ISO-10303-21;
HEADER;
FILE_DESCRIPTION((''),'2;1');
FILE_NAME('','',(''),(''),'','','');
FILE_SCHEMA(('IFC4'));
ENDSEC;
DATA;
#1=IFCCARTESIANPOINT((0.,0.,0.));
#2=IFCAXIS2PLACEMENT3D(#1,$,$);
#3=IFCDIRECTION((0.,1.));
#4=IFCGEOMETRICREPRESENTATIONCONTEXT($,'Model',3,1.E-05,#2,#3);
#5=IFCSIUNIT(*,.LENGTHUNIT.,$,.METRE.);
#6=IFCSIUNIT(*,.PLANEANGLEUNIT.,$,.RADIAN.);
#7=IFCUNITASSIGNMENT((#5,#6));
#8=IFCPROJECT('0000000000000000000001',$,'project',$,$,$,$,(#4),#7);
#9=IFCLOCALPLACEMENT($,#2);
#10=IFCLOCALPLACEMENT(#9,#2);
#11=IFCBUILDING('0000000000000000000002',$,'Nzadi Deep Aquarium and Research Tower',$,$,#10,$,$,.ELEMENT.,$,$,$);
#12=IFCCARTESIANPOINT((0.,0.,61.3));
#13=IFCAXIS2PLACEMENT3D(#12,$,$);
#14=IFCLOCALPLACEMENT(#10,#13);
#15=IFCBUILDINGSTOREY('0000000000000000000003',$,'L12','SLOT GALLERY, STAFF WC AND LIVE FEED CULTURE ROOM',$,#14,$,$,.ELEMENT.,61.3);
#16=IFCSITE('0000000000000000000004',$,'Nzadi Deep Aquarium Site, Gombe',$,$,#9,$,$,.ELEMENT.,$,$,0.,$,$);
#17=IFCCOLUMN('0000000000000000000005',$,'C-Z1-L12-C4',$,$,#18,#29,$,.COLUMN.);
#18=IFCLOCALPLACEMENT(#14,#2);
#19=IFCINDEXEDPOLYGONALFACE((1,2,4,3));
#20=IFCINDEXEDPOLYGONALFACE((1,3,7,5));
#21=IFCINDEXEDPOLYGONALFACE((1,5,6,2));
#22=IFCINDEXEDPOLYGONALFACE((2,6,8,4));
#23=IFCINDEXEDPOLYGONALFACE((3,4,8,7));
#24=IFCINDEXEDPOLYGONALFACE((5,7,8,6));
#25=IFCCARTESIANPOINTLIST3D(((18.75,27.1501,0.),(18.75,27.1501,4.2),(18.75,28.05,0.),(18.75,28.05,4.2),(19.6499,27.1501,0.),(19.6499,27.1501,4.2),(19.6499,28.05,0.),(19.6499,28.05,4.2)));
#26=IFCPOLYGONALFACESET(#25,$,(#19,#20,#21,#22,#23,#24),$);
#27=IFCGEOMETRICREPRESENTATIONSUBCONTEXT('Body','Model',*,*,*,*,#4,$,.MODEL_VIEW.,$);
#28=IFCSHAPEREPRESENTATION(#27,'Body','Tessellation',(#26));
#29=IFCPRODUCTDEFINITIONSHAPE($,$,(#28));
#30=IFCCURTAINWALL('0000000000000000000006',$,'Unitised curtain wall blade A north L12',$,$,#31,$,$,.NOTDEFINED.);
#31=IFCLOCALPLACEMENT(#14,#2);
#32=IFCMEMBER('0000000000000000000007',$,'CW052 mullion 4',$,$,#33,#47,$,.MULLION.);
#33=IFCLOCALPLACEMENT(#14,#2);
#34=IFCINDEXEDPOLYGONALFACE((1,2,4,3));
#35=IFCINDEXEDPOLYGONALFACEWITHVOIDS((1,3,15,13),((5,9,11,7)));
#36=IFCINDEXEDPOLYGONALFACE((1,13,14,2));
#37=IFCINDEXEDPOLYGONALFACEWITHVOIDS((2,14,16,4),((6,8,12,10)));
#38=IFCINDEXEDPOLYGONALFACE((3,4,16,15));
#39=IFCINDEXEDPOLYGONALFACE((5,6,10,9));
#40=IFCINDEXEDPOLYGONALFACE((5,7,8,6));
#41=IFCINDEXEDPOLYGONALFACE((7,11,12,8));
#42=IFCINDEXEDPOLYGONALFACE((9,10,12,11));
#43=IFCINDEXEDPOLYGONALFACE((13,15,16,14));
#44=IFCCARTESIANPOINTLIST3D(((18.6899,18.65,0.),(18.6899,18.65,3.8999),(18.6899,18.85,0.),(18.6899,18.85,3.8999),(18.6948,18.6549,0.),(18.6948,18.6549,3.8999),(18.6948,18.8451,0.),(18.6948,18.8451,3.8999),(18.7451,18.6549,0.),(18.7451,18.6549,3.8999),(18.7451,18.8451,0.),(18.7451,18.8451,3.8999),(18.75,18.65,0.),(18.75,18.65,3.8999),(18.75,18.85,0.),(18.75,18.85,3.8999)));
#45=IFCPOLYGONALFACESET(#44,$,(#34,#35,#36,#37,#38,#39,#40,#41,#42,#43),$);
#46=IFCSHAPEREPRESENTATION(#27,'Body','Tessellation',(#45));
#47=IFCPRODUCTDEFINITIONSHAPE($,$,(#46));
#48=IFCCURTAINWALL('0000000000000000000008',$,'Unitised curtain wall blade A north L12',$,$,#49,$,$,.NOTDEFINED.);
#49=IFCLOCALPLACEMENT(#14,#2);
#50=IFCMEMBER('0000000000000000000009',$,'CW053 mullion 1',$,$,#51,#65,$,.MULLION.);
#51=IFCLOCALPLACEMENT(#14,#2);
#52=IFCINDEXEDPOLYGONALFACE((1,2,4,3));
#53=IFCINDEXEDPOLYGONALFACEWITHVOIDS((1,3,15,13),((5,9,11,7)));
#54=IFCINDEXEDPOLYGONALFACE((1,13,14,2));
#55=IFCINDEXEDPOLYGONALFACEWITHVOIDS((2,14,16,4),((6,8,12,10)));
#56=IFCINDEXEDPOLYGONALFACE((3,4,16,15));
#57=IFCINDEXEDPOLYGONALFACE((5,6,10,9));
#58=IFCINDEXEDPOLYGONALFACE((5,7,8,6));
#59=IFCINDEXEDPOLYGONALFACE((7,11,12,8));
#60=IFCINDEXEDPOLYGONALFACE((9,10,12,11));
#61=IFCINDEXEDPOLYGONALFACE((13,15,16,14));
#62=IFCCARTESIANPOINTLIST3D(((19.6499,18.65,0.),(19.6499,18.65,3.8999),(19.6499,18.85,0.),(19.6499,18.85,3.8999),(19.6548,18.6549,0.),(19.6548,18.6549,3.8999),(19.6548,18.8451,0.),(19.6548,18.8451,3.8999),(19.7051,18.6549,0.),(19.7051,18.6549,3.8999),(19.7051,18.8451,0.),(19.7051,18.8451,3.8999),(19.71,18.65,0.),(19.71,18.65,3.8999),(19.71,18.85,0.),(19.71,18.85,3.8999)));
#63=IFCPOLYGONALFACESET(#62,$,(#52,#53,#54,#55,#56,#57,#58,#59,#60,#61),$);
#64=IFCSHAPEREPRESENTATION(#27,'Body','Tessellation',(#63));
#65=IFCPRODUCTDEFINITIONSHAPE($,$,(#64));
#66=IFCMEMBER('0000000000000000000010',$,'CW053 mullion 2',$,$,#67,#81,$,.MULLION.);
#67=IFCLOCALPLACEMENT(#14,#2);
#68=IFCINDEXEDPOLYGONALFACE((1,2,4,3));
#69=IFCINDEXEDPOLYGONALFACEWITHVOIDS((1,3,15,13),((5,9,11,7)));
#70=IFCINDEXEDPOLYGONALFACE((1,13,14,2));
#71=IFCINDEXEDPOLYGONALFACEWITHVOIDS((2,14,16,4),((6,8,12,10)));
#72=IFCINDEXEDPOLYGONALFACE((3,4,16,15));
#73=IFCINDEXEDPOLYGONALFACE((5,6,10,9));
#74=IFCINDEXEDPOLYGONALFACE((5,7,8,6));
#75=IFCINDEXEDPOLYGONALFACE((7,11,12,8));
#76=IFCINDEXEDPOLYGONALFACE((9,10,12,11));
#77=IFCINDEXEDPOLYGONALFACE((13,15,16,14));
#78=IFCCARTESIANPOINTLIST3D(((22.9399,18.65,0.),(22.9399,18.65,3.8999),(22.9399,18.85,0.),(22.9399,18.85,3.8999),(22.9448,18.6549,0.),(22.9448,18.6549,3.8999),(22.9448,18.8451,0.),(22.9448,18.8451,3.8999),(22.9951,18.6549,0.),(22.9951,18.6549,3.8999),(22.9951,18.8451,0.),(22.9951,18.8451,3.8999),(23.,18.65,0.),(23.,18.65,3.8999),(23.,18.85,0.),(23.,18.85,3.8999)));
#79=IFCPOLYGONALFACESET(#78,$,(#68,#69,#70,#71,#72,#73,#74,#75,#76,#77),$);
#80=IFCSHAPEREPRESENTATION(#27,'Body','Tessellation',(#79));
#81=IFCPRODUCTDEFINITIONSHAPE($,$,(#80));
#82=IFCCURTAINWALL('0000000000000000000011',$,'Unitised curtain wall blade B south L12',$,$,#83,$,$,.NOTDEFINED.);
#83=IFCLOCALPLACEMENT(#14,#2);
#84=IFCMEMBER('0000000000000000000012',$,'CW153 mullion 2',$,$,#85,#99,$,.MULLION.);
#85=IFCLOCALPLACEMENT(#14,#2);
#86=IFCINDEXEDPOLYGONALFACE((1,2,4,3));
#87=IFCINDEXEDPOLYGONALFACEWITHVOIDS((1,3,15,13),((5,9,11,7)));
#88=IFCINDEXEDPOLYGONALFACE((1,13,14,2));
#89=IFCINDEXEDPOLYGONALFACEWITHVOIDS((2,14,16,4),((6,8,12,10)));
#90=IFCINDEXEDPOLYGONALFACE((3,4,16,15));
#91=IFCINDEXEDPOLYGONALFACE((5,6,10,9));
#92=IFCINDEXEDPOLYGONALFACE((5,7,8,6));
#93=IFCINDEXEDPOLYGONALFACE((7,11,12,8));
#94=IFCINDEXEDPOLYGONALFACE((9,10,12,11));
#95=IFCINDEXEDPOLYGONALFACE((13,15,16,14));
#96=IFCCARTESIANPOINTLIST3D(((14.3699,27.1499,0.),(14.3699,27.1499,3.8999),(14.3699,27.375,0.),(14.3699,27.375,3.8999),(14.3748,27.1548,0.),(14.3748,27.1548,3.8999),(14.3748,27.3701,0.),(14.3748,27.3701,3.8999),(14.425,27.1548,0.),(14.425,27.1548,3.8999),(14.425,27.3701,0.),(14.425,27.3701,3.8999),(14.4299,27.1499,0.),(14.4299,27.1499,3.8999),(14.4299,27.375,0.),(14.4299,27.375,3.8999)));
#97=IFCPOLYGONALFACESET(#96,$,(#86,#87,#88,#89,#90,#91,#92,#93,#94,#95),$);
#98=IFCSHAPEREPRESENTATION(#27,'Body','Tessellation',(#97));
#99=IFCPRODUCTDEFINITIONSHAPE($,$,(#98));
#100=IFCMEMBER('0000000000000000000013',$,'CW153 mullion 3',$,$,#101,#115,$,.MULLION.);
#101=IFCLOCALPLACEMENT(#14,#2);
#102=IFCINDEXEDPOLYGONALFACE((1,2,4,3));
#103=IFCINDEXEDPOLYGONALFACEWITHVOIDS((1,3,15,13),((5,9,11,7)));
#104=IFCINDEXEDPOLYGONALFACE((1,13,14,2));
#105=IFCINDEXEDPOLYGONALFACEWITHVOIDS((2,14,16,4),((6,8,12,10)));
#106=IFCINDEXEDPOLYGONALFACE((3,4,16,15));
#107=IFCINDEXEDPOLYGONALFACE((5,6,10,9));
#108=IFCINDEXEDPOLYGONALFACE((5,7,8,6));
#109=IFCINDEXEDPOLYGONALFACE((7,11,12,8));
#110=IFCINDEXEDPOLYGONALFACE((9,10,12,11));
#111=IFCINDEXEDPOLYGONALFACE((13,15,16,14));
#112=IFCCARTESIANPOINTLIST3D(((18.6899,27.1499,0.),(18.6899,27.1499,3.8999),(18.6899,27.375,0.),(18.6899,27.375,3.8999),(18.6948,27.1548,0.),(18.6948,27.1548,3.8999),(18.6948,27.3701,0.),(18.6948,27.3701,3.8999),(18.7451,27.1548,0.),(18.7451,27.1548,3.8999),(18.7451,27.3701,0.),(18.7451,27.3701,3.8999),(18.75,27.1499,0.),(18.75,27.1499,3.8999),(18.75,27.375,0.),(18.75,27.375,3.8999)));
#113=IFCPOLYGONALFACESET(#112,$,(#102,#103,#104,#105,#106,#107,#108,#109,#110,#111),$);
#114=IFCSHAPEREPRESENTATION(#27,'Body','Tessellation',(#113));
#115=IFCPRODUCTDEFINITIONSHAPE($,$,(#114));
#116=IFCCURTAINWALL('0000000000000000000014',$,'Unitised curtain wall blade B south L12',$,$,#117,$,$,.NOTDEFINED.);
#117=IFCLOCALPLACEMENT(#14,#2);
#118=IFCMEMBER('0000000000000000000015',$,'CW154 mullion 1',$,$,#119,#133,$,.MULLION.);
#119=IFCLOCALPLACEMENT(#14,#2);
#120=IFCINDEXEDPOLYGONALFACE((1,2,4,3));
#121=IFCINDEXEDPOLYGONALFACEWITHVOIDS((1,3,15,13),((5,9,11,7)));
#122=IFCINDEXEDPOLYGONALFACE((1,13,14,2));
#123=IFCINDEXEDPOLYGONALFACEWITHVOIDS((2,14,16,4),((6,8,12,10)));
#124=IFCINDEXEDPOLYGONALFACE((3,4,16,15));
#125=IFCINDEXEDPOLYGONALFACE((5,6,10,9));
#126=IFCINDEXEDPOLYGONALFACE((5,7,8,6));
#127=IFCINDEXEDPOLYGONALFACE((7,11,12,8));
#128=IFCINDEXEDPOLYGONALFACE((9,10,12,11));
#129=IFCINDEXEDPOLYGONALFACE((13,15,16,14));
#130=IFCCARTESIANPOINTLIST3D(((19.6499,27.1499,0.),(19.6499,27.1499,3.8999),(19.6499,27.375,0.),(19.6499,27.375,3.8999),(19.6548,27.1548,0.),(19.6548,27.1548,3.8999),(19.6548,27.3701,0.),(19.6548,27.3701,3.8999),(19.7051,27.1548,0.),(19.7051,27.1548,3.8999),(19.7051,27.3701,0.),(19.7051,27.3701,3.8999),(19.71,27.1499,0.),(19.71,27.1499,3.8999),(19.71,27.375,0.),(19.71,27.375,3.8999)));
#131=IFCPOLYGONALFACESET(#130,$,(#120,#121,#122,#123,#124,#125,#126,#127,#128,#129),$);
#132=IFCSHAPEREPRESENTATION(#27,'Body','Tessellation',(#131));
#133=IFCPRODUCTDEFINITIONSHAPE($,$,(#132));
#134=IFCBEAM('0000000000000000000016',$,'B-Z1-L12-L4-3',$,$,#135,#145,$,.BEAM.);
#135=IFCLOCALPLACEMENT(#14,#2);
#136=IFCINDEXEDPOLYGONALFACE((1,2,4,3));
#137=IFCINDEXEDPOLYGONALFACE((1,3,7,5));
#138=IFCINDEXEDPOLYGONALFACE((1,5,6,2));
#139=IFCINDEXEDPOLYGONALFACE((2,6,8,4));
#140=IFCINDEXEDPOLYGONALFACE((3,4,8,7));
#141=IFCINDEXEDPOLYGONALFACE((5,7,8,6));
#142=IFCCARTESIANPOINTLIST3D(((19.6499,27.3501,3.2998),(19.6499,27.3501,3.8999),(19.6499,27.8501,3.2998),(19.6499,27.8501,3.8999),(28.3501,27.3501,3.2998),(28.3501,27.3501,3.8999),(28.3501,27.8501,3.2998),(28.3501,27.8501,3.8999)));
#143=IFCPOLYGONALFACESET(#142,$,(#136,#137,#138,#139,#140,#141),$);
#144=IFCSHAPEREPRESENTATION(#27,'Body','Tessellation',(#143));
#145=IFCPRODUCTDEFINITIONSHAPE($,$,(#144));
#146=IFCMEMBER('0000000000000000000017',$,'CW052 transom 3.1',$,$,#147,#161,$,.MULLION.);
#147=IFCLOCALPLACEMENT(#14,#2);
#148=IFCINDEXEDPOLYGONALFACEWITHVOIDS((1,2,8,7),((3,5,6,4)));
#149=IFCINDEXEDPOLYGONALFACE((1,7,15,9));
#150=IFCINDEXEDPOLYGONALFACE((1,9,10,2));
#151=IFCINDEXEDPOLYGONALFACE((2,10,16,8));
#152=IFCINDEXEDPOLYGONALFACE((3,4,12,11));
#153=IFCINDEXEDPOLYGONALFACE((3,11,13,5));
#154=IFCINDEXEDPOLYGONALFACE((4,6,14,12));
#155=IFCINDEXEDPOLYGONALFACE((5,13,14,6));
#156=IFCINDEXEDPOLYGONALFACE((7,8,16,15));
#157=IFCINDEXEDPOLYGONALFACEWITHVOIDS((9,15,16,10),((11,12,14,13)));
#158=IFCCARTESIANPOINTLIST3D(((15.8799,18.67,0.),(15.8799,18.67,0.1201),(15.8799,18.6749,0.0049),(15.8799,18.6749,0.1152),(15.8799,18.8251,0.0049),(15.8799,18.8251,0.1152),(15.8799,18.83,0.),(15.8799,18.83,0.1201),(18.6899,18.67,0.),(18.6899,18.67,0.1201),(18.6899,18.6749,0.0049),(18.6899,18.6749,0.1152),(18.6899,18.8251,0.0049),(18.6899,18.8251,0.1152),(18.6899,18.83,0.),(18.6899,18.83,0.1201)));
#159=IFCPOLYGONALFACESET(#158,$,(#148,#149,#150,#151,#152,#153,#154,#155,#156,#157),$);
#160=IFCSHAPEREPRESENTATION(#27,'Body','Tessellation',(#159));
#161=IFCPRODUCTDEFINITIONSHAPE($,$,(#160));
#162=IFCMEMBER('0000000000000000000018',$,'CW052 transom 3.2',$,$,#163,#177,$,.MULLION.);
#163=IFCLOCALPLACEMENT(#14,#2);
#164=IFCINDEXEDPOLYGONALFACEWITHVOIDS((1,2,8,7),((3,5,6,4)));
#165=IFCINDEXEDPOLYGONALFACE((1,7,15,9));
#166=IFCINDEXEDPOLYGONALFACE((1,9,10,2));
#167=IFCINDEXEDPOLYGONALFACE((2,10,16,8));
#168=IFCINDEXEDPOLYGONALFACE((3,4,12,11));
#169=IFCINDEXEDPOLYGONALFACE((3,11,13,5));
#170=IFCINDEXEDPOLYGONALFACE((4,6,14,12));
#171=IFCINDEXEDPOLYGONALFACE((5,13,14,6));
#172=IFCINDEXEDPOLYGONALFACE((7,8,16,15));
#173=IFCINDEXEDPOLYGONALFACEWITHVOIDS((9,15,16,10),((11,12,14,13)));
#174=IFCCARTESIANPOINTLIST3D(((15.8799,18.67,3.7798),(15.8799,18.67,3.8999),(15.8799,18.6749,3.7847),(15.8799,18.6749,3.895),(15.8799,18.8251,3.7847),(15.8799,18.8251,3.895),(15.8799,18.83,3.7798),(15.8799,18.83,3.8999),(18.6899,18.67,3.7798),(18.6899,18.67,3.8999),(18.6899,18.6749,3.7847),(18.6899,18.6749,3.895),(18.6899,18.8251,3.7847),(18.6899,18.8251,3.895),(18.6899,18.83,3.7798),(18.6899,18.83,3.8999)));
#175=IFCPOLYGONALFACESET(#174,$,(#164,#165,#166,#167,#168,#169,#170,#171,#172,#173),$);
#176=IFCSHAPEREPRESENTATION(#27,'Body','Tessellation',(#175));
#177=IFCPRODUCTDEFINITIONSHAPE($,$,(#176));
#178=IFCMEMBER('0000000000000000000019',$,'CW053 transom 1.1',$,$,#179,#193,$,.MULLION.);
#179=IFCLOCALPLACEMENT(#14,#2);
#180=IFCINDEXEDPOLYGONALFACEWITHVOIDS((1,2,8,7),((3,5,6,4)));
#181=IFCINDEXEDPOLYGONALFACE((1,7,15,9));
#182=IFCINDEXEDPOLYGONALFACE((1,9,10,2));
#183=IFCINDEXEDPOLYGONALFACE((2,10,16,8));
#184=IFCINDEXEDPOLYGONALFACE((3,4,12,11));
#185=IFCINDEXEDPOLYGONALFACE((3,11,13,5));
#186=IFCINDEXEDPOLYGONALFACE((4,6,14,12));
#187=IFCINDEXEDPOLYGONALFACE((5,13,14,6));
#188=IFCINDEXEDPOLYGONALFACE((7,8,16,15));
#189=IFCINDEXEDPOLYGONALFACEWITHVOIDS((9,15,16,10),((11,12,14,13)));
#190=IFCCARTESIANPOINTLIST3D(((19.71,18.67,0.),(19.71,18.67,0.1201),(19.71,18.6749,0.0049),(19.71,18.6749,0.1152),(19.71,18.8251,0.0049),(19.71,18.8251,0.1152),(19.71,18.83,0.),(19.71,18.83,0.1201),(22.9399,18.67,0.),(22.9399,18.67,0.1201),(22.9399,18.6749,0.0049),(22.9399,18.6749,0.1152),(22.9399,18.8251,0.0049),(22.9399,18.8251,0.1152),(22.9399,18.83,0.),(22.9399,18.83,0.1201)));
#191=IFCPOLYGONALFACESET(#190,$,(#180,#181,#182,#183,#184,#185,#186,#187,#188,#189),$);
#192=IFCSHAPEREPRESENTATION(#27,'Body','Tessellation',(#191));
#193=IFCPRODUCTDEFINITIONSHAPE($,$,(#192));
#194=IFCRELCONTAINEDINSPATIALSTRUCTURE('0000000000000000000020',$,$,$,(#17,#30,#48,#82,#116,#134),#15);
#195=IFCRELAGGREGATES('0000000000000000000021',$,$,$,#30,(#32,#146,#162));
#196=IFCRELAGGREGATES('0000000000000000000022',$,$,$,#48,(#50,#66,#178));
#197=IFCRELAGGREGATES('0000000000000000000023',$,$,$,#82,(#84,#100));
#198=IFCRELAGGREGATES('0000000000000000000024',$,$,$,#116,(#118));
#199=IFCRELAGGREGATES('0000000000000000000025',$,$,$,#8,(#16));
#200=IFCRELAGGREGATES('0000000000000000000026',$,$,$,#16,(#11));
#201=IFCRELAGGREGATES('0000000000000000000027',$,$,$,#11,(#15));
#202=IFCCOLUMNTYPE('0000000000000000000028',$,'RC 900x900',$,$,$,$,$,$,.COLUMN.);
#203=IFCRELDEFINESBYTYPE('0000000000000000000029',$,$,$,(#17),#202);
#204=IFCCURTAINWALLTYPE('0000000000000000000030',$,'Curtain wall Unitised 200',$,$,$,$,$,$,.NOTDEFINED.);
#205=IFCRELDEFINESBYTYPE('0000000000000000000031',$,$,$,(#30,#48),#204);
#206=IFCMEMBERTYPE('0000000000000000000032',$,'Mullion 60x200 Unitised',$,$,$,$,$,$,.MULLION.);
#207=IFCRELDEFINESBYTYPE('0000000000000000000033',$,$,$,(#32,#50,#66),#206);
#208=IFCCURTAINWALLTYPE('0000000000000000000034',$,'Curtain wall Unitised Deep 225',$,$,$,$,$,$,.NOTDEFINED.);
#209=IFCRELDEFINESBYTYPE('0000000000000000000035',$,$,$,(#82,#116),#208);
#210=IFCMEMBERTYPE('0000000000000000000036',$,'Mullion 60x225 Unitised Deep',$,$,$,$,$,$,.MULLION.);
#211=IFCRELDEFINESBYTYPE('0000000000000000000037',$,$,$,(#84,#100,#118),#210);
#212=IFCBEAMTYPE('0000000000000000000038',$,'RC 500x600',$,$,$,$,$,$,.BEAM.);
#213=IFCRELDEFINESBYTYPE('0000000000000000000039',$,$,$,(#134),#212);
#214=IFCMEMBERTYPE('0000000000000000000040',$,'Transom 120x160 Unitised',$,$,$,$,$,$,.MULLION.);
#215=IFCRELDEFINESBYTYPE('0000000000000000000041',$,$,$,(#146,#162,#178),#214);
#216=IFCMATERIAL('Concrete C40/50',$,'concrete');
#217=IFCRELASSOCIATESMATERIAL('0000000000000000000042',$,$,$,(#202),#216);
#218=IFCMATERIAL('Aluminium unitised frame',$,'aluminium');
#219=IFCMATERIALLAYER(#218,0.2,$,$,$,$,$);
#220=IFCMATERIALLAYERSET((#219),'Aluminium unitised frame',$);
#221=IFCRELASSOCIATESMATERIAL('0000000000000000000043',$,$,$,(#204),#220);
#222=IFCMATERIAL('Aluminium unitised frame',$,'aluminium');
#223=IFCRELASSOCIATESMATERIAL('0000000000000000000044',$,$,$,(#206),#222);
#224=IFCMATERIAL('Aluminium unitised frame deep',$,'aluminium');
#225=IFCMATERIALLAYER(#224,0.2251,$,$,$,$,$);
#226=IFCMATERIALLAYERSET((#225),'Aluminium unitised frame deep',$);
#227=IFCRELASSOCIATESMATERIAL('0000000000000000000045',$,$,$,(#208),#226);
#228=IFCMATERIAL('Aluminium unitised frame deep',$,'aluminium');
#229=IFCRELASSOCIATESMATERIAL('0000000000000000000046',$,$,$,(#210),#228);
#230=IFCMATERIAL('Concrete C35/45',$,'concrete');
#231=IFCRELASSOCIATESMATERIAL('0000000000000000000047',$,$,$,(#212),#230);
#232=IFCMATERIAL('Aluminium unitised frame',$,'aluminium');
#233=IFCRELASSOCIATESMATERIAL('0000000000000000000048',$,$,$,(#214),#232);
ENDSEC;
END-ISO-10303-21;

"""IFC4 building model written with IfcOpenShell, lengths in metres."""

from ifc_helpers import new_model, si_unit, direction, frame, origin, origin_2d, place, context, subcontext, project, spatial, rectangle, hollow_rectangle, extrude, material, layer, layer_set, material_profile, profile_set, type_object, element, aggregate, save


model = new_model("IFC4")

# Units and contexts
model_context = context("Model", 3, precision=1e-05, world=origin(), true_north=direction((0.0, 1.0)))
body_context = subcontext(model_context, "Body", "Model", "MODEL_VIEW")
ifc_project = project(units=[si_unit("LENGTHUNIT", "METRE"), si_unit("PLANEANGLEUNIT", "RADIAN")], contexts=[model_context])

# Site, building, storey
site_placement = place(None, origin())
site = spatial("IfcSite", under=ifc_project, at=site_placement, Name="Nzadi Deep Aquarium Site, Gombe", CompositionType="ELEMENT", RefElevation=0.0)
building_placement = place(site_placement, origin())
building = spatial("IfcBuilding", under=site, at=building_placement, Name="Nzadi Deep Aquarium and Research Tower", CompositionType="ELEMENT")
storey_placement = place(building_placement, frame((0.0, 0.0, 61.3)))
storey = spatial("IfcBuildingStorey", under=building, at=storey_placement, Name="L12", Description="SLOT GALLERY, STAFF WC AND LIVE FEED CULTURE ROOM", CompositionType="ELEMENT", Elevation=61.3)

# Column
ifc_material_1 = material(Name="Concrete C40/50", Category="concrete")
ifc_material_profile_1 = material_profile(ifc_material_1, rectangle(XDim=0.8999, YDim=0.8999, at=origin_2d()))
ifc_profile_set_1 = profile_set([ifc_material_profile_1], Name="Concrete C40/50")
column_type = type_object("IfcColumnType", Name="RC 900x900", PredefinedType="COLUMN", material=ifc_profile_set_1)
column_placement = place(storey_placement, frame((19.2, 27.6001, 0.0), z_axis=(0.0, 0.0, 1.0), x_axis=(1.0, 0.0, 0.0)))
element("IfcColumn", 1, at=column_placement, inside=storey, type_object=column_type, Name="C-Z1-L12-C4", PredefinedType="COLUMN", context=body_context, shape_type="SweptSolid", body=[
    extrude(rectangle(XDim=0.8999, YDim=0.8999, at=origin_2d()), origin(), (0.0, 0.0, 1.0), 4.2),
])

# Curtain wall, member
ifc_material_2 = material(Name="Aluminium unitised frame", Category="aluminium")
ifc_layer_1 = layer(ifc_material_2, 0.2)
ifc_layer_set_1 = layer_set([ifc_layer_1], Name="Aluminium unitised frame")
curtain_wall_type_1 = type_object("IfcCurtainWallType", Name="Curtain wall Unitised 200", PredefinedType="NOTDEFINED", material=ifc_layer_set_1)
curtain_wall_1_placement = place(storey_placement, origin())
curtain_wall_1 = element("IfcCurtainWall", 2, at=curtain_wall_1_placement, inside=storey, type_object=curtain_wall_type_1, Name="Unitised curtain wall blade A north L12", PredefinedType="NOTDEFINED")
ifc_material_3 = material(Name="Aluminium unitised frame", Category="aluminium")
ifc_material_profile_2 = material_profile(ifc_material_3, hollow_rectangle(XDim=0.2, YDim=0.0601, WallThickness=0.0049, at=origin_2d()))
ifc_profile_set_2 = profile_set([ifc_material_profile_2], Name="Aluminium unitised frame")
member_type_1 = type_object("IfcMemberType", Name="Mullion 60x200 Unitised", PredefinedType="MULLION", material=ifc_profile_set_2)
member_1_placement = place(storey_placement, frame((18.72, 18.75, 0.0), z_axis=(0.0, 0.0, 1.0), x_axis=(0.0, 1.0, 0.0)))
member_1 = element("IfcMember", 3, at=member_1_placement, type_object=member_type_1, Name="CW052 mullion 4", PredefinedType="MULLION", context=body_context, shape_type="SweptSolid", body=[
    extrude(hollow_rectangle(XDim=0.2, YDim=0.0601, WallThickness=0.0049, at=origin_2d()), origin(), (0.0, 0.0, 1.0), 3.8999),
])

# Curtain walls, members
curtain_wall_2_placement = place(storey_placement, origin())
curtain_wall_2 = element("IfcCurtainWall", 4, at=curtain_wall_2_placement, inside=storey, type_object=curtain_wall_type_1, Name="Unitised curtain wall blade A north L12", PredefinedType="NOTDEFINED")
member_2_placement = place(storey_placement, frame((19.6799, 18.75, 0.0), z_axis=(0.0, 0.0, 1.0), x_axis=(0.0, 1.0, 0.0)))
member_2 = element("IfcMember", 5, at=member_2_placement, type_object=member_type_1, Name="CW053 mullion 1", PredefinedType="MULLION", context=body_context, shape_type="SweptSolid", body=[
    extrude(hollow_rectangle(XDim=0.2, YDim=0.0601, WallThickness=0.0049, at=origin_2d()), origin(), (0.0, 0.0, 1.0), 3.8999),
])
member_3_placement = place(storey_placement, frame((22.97, 18.75, 0.0), z_axis=(0.0, 0.0, 1.0), x_axis=(0.0, 1.0, 0.0)))
member_3 = element("IfcMember", 6, at=member_3_placement, type_object=member_type_1, Name="CW053 mullion 2", PredefinedType="MULLION", context=body_context, shape_type="SweptSolid", body=[
    extrude(hollow_rectangle(XDim=0.2, YDim=0.0601, WallThickness=0.0049, at=origin_2d()), origin(), (0.0, 0.0, 1.0), 3.8999),
])
ifc_material_4 = material(Name="Aluminium unitised frame deep", Category="aluminium")
ifc_layer_2 = layer(ifc_material_4, 0.2251)
ifc_layer_set_2 = layer_set([ifc_layer_2], Name="Aluminium unitised frame deep")
curtain_wall_type_2 = type_object("IfcCurtainWallType", Name="Curtain wall Unitised Deep 225", PredefinedType="NOTDEFINED", material=ifc_layer_set_2)
curtain_wall_3_placement = place(storey_placement, origin())
curtain_wall_3 = element("IfcCurtainWall", 7, at=curtain_wall_3_placement, inside=storey, type_object=curtain_wall_type_2, Name="Unitised curtain wall blade B south L12", PredefinedType="NOTDEFINED")
ifc_material_5 = material(Name="Aluminium unitised frame deep", Category="aluminium")
ifc_material_profile_3 = material_profile(ifc_material_5, hollow_rectangle(XDim=0.2251, YDim=0.0601, WallThickness=0.0049, at=origin_2d()))
ifc_profile_set_3 = profile_set([ifc_material_profile_3], Name="Aluminium unitised frame deep")
member_type_2 = type_object("IfcMemberType", Name="Mullion 60x225 Unitised Deep", PredefinedType="MULLION", material=ifc_profile_set_3)
member_4_placement = place(storey_placement, frame((14.3999, 27.2625, 0.0), z_axis=(0.0, 0.0, 1.0), x_axis=(0.0, 1.0, 0.0)))
member_4 = element("IfcMember", 8, at=member_4_placement, type_object=member_type_2, Name="CW153 mullion 2", PredefinedType="MULLION", context=body_context, shape_type="SweptSolid", body=[
    extrude(hollow_rectangle(XDim=0.2251, YDim=0.0601, WallThickness=0.0049, at=origin_2d()), origin(), (0.0, 0.0, 1.0), 3.8999),
])
member_5_placement = place(storey_placement, frame((18.72, 27.2625, 0.0), z_axis=(0.0, 0.0, 1.0), x_axis=(0.0, 1.0, 0.0)))
member_5 = element("IfcMember", 9, at=member_5_placement, type_object=member_type_2, Name="CW153 mullion 3", PredefinedType="MULLION", context=body_context, shape_type="SweptSolid", body=[
    extrude(hollow_rectangle(XDim=0.2251, YDim=0.0601, WallThickness=0.0049, at=origin_2d()), origin(), (0.0, 0.0, 1.0), 3.8999),
])

# Curtain wall, member
curtain_wall_4_placement = place(storey_placement, origin())
curtain_wall_4 = element("IfcCurtainWall", 10, at=curtain_wall_4_placement, inside=storey, type_object=curtain_wall_type_2, Name="Unitised curtain wall blade B south L12", PredefinedType="NOTDEFINED")
member_6_placement = place(storey_placement, frame((19.6799, 27.2625, 0.0), z_axis=(0.0, 0.0, 1.0), x_axis=(0.0, 1.0, 0.0)))
member_6 = element("IfcMember", 11, at=member_6_placement, type_object=member_type_2, Name="CW154 mullion 1", PredefinedType="MULLION", context=body_context, shape_type="SweptSolid", body=[
    extrude(hollow_rectangle(XDim=0.2251, YDim=0.0601, WallThickness=0.0049, at=origin_2d()), origin(), (0.0, 0.0, 1.0), 3.8999),
])

# Beam
ifc_material_6 = material(Name="Concrete C35/45", Category="concrete")
ifc_material_profile_4 = material_profile(ifc_material_6, rectangle(XDim=0.5, YDim=0.6001, at=origin_2d()))
ifc_profile_set_4 = profile_set([ifc_material_profile_4], Name="Concrete C35/45")
beam_type = type_object("IfcBeamType", Name="RC 500x600", PredefinedType="BEAM", material=ifc_profile_set_4)
beam_placement = place(storey_placement, frame((19.6499, 27.6001, 3.5999), z_axis=(1.0, 0.0, 0.0), x_axis=(0.0, 1.0, 0.0)))
element("IfcBeam", 12, at=beam_placement, inside=storey, type_object=beam_type, Name="B-Z1-L12-L4-3", PredefinedType="BEAM", context=body_context, shape_type="SweptSolid", body=[
    extrude(rectangle(XDim=0.5, YDim=0.6001, at=origin_2d()), origin(), (0.0, 0.0, 1.0), 8.7002),
])

# Members
ifc_material_7 = material(Name="Aluminium unitised frame", Category="aluminium")
ifc_material_profile_5 = material_profile(ifc_material_7, hollow_rectangle(XDim=0.1599, YDim=0.1201, WallThickness=0.0049, at=origin_2d()))
ifc_profile_set_5 = profile_set([ifc_material_profile_5], Name="Aluminium unitised frame")
member_type_3 = type_object("IfcMemberType", Name="Transom 120x160 Unitised", PredefinedType="MULLION", material=ifc_profile_set_5)
member_7_placement = place(storey_placement, frame((15.8799, 18.75, 0.0601), z_axis=(1.0, 0.0, 0.0), x_axis=(0.0, 1.0, 0.0)))
member_7 = element("IfcMember", 13, at=member_7_placement, type_object=member_type_3, Name="CW052 transom 3.1", PredefinedType="MULLION", context=body_context, shape_type="SweptSolid", body=[
    extrude(hollow_rectangle(XDim=0.1599, YDim=0.1201, WallThickness=0.0049, at=origin_2d()), origin(), (0.0, 0.0, 1.0), 2.8101),
])
member_8_placement = place(storey_placement, frame((15.8799, 18.75, 3.8398), z_axis=(1.0, 0.0, 0.0), x_axis=(0.0, 1.0, 0.0)))
member_8 = element("IfcMember", 14, at=member_8_placement, type_object=member_type_3, Name="CW052 transom 3.2", PredefinedType="MULLION", context=body_context, shape_type="SweptSolid", body=[
    extrude(hollow_rectangle(XDim=0.1599, YDim=0.1201, WallThickness=0.0049, at=origin_2d()), origin(), (0.0, 0.0, 1.0), 2.8101),
])
member_9_placement = place(storey_placement, frame((19.71, 18.75, 0.0601), z_axis=(1.0, 0.0, 0.0), x_axis=(0.0, 1.0, 0.0)))
member_9 = element("IfcMember", 15, at=member_9_placement, type_object=member_type_3, Name="CW053 transom 1.1", PredefinedType="MULLION", context=body_context, shape_type="SweptSolid", body=[
    extrude(hollow_rectangle(XDim=0.1599, YDim=0.1201, WallThickness=0.0049, at=origin_2d()), origin(), (0.0, 0.0, 1.0), 3.23),
])

aggregate(curtain_wall_1, [member_1, member_7, member_8])
aggregate(curtain_wall_2, [member_2, member_3, member_9])
aggregate(curtain_wall_3, [member_4, member_5])
aggregate(curtain_wall_4, [member_6])

save(model, "model.ifc")
